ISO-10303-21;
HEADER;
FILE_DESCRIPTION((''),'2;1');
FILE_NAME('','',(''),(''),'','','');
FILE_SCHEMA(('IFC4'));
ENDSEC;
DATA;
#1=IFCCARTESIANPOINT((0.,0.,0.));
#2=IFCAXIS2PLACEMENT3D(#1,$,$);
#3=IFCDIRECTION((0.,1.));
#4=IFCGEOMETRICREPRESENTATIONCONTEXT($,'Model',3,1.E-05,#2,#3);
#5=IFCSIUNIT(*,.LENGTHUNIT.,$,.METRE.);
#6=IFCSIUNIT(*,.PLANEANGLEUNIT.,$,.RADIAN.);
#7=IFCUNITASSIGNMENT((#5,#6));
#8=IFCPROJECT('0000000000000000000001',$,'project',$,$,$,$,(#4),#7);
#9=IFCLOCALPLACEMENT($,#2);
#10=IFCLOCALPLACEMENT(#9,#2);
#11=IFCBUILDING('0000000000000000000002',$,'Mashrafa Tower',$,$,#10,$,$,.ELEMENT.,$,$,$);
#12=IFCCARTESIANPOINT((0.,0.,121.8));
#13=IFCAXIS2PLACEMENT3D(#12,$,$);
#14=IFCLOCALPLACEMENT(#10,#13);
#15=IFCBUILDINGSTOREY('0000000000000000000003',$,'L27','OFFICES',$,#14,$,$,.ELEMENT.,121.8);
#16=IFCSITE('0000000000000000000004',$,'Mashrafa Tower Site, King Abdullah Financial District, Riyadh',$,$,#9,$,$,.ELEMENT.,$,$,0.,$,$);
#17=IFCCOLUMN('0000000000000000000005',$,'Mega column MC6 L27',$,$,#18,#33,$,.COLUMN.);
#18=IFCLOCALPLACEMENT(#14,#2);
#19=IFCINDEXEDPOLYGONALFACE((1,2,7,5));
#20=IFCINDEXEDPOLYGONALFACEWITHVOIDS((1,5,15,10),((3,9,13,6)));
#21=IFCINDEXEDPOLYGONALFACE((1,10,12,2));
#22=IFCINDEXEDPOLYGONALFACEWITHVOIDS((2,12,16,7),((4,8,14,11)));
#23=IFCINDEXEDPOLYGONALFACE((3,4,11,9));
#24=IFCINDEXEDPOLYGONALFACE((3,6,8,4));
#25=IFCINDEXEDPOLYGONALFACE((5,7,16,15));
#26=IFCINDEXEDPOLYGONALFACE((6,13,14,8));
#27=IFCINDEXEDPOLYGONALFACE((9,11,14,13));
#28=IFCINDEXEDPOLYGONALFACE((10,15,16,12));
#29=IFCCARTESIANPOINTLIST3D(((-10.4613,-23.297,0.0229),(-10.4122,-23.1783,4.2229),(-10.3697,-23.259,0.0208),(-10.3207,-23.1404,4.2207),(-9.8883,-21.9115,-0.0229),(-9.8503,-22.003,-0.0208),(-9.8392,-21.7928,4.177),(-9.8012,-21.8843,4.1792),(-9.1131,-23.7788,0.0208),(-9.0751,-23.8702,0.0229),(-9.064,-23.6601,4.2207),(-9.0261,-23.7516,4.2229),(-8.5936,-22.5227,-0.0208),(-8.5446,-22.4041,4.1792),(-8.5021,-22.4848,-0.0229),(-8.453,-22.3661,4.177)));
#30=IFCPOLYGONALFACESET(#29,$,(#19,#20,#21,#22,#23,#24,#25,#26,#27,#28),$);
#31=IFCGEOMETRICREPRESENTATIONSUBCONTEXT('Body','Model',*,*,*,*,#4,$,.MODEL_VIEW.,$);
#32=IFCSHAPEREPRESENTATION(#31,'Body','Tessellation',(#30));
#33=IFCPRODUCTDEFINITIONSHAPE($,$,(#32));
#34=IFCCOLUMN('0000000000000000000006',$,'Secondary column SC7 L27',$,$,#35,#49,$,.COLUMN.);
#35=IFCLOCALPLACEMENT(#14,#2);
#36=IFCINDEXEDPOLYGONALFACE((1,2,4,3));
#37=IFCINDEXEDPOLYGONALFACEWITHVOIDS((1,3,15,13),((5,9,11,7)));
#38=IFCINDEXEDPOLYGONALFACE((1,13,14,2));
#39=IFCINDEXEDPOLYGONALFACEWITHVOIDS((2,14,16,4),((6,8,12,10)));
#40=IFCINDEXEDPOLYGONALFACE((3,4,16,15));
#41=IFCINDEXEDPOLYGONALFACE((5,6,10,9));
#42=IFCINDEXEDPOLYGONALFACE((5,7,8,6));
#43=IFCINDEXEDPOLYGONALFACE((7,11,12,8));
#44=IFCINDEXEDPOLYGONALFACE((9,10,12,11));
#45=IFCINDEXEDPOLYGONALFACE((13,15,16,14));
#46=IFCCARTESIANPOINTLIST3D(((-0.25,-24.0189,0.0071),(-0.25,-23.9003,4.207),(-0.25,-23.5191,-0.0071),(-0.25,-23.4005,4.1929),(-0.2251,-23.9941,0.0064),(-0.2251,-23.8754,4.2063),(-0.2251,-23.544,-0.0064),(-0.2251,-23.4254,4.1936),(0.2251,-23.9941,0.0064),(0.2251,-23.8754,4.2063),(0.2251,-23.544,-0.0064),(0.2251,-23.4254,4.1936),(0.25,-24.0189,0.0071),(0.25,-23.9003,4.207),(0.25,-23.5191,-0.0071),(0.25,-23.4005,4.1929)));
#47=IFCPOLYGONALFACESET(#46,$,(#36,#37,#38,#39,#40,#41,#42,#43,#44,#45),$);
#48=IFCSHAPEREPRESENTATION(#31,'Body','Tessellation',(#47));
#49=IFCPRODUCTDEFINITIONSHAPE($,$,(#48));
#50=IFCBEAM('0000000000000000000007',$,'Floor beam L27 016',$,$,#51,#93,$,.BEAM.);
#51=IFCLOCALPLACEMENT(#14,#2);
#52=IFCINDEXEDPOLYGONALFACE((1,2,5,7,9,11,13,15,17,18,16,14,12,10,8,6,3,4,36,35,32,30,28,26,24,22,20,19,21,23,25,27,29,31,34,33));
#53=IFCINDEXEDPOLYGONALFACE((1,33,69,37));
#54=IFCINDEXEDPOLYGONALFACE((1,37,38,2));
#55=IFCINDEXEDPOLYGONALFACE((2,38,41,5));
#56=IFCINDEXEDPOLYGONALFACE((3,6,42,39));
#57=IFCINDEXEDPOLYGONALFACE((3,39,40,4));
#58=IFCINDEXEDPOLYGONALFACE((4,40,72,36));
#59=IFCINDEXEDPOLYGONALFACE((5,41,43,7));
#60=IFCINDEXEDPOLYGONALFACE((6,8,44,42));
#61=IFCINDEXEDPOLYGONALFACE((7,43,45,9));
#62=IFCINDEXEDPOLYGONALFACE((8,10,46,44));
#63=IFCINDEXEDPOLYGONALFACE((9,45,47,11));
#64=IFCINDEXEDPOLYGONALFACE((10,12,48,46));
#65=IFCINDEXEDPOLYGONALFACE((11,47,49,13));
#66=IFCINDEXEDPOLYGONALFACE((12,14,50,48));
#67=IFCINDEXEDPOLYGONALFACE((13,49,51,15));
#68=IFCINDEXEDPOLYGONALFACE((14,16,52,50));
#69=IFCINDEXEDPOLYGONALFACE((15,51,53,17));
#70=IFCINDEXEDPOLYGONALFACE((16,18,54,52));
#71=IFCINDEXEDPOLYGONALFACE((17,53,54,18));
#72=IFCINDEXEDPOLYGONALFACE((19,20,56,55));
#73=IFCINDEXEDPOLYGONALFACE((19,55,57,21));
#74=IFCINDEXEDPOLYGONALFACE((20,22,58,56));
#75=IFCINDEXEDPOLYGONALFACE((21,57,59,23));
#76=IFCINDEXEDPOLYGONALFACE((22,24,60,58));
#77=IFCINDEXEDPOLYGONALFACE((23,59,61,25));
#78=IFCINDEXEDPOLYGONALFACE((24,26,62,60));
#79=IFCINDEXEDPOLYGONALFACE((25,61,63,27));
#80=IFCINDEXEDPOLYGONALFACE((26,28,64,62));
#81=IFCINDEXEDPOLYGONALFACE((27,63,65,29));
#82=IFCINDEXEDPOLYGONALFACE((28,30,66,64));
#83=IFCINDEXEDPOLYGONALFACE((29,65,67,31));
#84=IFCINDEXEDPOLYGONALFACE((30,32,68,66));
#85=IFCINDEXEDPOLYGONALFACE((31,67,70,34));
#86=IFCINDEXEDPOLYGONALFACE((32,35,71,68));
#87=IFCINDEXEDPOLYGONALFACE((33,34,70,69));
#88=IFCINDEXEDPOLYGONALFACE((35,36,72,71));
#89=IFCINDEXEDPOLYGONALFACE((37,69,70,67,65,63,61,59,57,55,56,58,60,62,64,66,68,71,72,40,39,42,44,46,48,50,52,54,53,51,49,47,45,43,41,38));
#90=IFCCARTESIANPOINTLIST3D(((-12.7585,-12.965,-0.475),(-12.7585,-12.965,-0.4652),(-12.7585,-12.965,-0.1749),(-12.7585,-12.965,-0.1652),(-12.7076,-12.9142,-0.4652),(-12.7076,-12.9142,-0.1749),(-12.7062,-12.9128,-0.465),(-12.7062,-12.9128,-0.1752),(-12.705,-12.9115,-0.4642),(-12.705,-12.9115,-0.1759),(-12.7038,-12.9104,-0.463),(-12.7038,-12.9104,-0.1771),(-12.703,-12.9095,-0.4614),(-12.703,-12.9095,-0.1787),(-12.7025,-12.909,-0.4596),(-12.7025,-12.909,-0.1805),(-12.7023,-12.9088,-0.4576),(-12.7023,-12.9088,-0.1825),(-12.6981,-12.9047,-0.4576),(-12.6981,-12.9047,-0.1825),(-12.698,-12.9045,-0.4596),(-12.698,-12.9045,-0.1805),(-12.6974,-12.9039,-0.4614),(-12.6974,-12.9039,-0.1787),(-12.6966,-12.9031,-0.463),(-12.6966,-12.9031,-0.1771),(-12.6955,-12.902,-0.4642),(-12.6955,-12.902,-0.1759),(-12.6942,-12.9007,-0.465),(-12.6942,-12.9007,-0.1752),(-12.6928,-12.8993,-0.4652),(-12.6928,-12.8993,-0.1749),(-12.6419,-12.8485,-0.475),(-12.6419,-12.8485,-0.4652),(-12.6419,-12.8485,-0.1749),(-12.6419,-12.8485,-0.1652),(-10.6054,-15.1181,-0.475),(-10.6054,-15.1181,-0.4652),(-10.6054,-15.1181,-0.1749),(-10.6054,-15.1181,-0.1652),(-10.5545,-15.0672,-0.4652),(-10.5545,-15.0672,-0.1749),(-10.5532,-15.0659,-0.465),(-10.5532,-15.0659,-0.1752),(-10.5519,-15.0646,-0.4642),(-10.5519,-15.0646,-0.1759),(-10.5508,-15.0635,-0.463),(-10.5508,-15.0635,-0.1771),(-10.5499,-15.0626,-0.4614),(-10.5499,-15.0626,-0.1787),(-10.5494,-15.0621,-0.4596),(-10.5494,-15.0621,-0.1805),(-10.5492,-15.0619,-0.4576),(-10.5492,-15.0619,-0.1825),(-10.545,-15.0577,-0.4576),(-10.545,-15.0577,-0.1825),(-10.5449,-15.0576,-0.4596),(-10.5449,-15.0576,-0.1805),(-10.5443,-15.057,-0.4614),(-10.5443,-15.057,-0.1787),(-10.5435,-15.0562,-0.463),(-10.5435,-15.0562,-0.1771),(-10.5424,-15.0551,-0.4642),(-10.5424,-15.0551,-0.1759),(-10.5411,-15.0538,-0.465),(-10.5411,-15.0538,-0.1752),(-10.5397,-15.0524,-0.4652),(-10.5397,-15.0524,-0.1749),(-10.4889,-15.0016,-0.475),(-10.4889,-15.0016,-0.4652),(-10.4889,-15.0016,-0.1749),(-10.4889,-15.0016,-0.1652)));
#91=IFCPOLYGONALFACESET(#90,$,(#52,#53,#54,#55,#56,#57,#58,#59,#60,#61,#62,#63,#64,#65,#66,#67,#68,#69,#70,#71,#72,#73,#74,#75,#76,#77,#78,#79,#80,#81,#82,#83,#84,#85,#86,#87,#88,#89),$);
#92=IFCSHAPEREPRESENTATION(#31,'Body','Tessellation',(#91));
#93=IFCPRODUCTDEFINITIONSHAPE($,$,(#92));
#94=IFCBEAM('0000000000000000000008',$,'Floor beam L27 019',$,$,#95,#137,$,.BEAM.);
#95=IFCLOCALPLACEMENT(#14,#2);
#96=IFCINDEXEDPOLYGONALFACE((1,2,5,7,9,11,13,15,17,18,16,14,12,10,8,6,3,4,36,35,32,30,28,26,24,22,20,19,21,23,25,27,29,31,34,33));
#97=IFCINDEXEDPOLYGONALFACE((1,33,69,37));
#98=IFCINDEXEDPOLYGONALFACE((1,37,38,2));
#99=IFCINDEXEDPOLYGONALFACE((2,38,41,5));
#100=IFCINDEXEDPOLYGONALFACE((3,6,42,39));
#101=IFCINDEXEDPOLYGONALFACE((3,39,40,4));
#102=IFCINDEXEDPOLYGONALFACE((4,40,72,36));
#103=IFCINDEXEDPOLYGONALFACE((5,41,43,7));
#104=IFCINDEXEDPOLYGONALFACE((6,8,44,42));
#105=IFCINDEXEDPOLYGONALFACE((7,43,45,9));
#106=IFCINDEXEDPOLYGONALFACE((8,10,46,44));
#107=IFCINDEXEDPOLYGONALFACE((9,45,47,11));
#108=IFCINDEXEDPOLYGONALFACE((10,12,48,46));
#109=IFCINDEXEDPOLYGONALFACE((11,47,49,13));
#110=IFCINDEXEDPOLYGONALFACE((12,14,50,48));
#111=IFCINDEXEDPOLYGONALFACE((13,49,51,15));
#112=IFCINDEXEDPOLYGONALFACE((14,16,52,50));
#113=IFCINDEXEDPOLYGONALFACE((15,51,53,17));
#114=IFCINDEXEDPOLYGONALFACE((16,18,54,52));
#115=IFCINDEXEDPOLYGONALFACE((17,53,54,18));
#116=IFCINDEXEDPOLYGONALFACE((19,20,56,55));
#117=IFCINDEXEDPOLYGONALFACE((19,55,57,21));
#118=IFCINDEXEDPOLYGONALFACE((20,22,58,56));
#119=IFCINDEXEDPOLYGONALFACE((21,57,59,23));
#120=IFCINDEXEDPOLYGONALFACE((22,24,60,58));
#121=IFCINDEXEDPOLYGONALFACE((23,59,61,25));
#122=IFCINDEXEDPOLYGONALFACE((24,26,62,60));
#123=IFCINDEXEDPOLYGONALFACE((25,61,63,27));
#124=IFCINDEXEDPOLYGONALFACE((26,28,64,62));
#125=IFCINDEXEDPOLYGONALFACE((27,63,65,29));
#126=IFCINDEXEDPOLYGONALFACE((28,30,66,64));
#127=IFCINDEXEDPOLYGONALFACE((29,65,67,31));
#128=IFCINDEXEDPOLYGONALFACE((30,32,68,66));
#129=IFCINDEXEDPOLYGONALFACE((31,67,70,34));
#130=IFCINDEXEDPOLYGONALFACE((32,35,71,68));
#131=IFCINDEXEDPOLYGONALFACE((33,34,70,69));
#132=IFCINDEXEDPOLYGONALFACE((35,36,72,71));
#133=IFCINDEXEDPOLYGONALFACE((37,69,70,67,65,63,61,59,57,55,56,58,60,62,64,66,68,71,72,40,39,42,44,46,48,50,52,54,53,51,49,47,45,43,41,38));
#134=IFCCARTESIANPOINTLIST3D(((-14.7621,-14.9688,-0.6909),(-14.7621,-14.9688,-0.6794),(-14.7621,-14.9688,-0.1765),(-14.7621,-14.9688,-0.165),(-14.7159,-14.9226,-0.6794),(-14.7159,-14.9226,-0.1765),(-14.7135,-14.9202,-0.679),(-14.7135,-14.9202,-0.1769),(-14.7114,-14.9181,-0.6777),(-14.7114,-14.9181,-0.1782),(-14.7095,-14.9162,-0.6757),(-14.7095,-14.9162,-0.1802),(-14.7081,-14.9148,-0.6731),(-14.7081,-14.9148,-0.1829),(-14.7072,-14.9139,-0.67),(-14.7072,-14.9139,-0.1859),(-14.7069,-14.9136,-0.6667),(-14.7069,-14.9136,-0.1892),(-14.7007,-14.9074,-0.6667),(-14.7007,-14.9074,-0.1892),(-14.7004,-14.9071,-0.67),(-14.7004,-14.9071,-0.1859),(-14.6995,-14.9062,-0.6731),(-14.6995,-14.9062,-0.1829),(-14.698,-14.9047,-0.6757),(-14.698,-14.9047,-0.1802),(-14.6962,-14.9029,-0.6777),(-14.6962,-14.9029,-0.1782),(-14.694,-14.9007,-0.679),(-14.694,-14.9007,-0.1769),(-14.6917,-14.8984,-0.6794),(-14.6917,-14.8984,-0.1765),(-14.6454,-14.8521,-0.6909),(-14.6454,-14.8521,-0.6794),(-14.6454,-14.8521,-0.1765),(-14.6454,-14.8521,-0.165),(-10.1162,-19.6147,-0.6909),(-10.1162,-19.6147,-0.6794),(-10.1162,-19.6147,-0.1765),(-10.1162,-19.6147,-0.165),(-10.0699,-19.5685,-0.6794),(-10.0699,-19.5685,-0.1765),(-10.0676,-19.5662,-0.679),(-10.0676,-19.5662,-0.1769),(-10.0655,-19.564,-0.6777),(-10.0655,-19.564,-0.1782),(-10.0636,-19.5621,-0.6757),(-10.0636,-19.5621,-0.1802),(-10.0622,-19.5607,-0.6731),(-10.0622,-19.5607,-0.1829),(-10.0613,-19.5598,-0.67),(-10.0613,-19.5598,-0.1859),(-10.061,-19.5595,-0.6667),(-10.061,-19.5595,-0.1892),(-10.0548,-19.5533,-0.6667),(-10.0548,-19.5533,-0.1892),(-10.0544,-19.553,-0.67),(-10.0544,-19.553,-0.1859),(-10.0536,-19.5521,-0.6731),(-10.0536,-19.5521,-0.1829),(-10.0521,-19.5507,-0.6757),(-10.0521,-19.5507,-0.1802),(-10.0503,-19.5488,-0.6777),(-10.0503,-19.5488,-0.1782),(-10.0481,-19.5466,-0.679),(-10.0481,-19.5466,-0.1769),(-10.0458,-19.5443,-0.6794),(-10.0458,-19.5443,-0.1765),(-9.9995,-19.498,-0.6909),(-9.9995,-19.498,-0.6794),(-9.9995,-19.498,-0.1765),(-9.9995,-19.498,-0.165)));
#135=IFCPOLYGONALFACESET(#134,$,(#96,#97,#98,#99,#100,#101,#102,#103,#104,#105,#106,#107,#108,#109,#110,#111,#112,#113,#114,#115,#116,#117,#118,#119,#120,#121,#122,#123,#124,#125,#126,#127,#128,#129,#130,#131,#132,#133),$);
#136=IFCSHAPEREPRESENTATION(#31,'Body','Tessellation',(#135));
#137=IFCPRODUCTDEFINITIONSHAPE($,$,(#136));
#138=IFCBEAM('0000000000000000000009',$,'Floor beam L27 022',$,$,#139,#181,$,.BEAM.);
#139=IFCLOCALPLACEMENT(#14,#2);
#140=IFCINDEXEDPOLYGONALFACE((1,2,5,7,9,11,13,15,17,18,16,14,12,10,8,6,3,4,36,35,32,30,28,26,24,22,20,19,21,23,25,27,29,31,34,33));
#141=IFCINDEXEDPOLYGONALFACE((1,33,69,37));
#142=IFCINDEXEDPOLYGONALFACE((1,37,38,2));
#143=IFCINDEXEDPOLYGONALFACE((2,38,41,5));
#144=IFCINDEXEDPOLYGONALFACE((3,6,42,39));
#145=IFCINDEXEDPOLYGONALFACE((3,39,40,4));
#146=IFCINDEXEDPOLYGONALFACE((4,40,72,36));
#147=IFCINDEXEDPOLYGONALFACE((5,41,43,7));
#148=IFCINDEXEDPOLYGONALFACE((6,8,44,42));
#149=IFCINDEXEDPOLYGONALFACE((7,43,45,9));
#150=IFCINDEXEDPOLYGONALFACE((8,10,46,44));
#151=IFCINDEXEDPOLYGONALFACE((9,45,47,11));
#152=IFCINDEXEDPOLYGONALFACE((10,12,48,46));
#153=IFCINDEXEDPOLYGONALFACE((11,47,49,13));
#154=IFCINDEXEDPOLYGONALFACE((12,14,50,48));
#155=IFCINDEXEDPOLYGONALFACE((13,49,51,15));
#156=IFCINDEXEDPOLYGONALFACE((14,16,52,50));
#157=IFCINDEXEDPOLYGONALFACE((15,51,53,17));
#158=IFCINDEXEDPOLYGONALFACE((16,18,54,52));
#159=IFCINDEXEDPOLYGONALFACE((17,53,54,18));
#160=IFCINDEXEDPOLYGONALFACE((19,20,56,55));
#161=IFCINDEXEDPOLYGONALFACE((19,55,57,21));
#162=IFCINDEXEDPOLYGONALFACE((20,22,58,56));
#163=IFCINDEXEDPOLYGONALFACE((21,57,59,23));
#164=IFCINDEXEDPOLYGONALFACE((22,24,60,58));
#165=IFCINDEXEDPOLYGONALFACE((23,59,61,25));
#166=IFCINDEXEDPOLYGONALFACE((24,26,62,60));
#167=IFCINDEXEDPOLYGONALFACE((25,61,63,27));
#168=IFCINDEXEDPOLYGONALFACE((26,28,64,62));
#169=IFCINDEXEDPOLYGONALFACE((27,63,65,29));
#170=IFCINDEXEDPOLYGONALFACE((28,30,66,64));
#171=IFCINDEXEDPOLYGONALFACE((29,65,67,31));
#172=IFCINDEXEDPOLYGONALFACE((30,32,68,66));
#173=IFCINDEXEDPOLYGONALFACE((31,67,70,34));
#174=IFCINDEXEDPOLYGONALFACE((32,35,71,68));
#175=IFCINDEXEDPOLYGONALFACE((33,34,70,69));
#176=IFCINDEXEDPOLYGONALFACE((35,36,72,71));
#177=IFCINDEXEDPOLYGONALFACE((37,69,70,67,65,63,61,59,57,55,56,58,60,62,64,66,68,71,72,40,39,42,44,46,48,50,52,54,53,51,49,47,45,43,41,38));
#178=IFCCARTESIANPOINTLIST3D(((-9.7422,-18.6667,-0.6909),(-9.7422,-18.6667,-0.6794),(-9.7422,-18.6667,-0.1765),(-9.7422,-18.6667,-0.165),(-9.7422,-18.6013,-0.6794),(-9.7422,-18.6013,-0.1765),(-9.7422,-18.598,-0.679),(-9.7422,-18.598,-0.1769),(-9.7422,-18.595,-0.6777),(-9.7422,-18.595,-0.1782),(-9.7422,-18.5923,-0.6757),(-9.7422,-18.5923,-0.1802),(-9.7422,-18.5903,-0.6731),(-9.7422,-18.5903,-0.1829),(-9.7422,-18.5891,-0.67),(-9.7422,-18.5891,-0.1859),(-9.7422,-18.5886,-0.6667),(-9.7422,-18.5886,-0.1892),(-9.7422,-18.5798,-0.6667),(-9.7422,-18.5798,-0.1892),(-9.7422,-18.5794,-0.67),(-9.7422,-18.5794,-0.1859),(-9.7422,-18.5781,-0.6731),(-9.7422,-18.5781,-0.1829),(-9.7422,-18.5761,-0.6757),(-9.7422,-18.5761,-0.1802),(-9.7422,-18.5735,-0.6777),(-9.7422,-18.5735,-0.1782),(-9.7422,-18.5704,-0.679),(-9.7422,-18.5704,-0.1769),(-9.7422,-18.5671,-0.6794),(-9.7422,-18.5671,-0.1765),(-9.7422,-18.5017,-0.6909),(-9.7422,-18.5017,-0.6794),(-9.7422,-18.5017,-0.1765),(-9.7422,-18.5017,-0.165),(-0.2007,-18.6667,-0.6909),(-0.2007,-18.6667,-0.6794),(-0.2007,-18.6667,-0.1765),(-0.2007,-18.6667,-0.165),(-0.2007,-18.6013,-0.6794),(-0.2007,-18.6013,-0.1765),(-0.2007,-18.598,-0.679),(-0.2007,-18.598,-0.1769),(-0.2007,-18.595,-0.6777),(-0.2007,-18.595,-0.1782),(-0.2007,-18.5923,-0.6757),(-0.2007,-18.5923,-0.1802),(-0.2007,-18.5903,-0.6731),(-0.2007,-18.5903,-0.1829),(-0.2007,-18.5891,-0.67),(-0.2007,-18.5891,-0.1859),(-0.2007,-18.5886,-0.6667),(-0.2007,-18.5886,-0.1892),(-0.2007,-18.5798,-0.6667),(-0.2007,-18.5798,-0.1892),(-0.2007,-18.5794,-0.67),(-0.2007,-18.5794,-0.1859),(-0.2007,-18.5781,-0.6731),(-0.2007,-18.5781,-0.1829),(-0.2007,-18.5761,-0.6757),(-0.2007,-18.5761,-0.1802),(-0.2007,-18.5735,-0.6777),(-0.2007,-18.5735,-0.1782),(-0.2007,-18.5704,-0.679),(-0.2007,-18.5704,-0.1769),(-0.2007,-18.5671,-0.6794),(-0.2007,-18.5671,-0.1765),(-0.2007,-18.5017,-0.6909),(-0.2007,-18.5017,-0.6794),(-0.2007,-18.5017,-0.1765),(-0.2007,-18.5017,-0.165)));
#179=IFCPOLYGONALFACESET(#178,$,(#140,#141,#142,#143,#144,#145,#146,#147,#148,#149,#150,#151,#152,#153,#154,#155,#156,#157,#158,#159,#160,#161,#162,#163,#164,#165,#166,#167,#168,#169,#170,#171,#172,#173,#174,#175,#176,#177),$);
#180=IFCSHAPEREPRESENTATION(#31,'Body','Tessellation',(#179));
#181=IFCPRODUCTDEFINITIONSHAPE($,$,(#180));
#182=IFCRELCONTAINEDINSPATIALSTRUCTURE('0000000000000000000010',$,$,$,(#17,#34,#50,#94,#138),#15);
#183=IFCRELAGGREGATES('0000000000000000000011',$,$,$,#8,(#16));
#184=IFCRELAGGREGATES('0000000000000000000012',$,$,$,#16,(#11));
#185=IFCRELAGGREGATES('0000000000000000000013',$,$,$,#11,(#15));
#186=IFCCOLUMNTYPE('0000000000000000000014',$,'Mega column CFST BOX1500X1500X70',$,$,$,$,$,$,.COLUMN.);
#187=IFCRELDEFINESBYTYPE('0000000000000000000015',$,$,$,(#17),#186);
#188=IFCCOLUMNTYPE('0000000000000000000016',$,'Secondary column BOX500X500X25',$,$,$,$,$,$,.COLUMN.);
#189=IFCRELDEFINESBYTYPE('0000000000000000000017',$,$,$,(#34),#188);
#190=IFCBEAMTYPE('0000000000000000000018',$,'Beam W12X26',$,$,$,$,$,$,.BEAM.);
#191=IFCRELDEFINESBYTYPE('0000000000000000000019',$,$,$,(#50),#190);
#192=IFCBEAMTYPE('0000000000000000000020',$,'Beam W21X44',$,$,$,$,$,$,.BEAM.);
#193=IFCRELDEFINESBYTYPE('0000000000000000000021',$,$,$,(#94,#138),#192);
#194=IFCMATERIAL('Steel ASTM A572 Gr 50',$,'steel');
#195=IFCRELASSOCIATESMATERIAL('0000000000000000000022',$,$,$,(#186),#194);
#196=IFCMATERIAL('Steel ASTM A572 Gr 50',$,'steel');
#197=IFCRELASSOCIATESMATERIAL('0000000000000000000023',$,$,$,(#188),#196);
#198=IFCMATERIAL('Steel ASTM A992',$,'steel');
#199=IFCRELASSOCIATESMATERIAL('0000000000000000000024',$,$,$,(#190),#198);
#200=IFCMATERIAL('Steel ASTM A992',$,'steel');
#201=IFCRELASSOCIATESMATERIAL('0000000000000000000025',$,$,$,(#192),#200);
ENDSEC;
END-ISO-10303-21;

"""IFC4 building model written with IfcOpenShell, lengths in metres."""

from ifc_helpers import new_model, si_unit, direction, frame, origin, origin_2d, place, context, subcontext, project, spatial, hollow_rectangle, i_section, extrude, material, material_profile, profile_set, type_object, element, save


model = new_model("IFC4")

# Units and contexts
model_context = context("Model", 3, precision=1e-05, world=origin(), true_north=direction((0.0, 1.0)))
body_context = subcontext(model_context, "Body", "Model", "MODEL_VIEW")
ifc_project = project(units=[si_unit("LENGTHUNIT", "METRE"), si_unit("PLANEANGLEUNIT", "RADIAN")], contexts=[model_context])

# Site, building, storey
site_placement = place(None, origin())
site = spatial("IfcSite", under=ifc_project, at=site_placement, Name="Mashrafa Tower Site, King Abdullah Financial District, Riyadh", CompositionType="ELEMENT", RefElevation=0.0)
building_placement = place(site_placement, origin())
building = spatial("IfcBuilding", under=site, at=building_placement, Name="Mashrafa Tower", CompositionType="ELEMENT")
storey_placement = place(building_placement, frame((0.0, 0.0, 121.8)))
storey = spatial("IfcBuildingStorey", under=building, at=storey_placement, Name="L27", Description="OFFICES", CompositionType="ELEMENT", Elevation=121.8)

# Columns
ifc_material_1 = material(Name="Steel ASTM A572 Gr 50", Category="steel")
ifc_material_profile_1 = material_profile(ifc_material_1, hollow_rectangle(XDim=1.5, YDim=1.5, WallThickness=0.0701, at=origin_2d()), Name="BOX1500X1500X70")
ifc_profile_set_1 = profile_set([ifc_material_profile_1], Name="Steel ASTM A572 Gr 50")
column_type_1 = type_object("IfcColumnType", Name="Mega column CFST BOX1500X1500X70", PredefinedType="COLUMN", material=ifc_profile_set_1)
column_1_placement = place(storey_placement, frame((-9.4817, -22.8909, 0.0), z_axis=(0.011679, 0.028238, 0.999533), x_axis=(-0.924086, 0.382184, 0.0)))
element("IfcColumn", 1, at=column_1_placement, inside=storey, type_object=column_type_1, Name="Mega column MC6 L27", PredefinedType="COLUMN", context=body_context, shape_type="SweptSolid", body=[
    extrude(hollow_rectangle(XDim=1.5, YDim=1.5, WallThickness=0.0701, at=origin_2d()), origin(), (0.0, 0.0, 1.0), 4.2019),
])
ifc_material_2 = material(Name="Steel ASTM A572 Gr 50", Category="steel")
ifc_material_profile_2 = material_profile(ifc_material_2, hollow_rectangle(XDim=0.5, YDim=0.5, WallThickness=0.0249, at=origin_2d()), Name="BOX500X500X25")
ifc_profile_set_2 = profile_set([ifc_material_profile_2], Name="Steel ASTM A572 Gr 50")
column_type_2 = type_object("IfcColumnType", Name="Secondary column BOX500X500X25", PredefinedType="COLUMN", material=ifc_profile_set_2)
column_2_placement = place(storey_placement, frame((0.0, -23.769, 0.0), z_axis=(0.0, 0.02824, 0.999601), x_axis=(-1.0, 0.0, 0.0)))
element("IfcColumn", 2, at=column_2_placement, inside=storey, type_object=column_type_2, Name="Secondary column SC7 L27", PredefinedType="COLUMN", context=body_context, shape_type="SweptSolid", body=[
    extrude(hollow_rectangle(XDim=0.5, YDim=0.5, WallThickness=0.0249, at=origin_2d()), origin(), (0.0, 0.0, 1.0), 4.2017),
])

# Beams
ifc_material_3 = material(Name="Steel ASTM A992", Category="steel")
ifc_material_profile_3 = material_profile(ifc_material_3, i_section(OverallWidth=0.1648, OverallDepth=0.3098, WebThickness=0.0059, FlangeThickness=0.0098, FilletRadius=0.0076, at=origin_2d()), Name="W12X26")
ifc_profile_set_3 = profile_set([ifc_material_profile_3], Name="Steel ASTM A992")
beam_type_1 = type_object("IfcBeamType", Name="Beam W12X26", PredefinedType="BEAM", material=ifc_profile_set_3)
beam_1_placement = place(storey_placement, frame((-10.5471, -15.0598, -0.3201), z_axis=(-0.707107, 0.707107, 0.0), x_axis=(-0.707107, -0.707107, 0.0)))
element("IfcBeam", 3, at=beam_1_placement, inside=storey, type_object=beam_type_1, Name="Floor beam L27 016", PredefinedType="BEAM", context=body_context, shape_type="SweptSolid", body=[
    extrude(i_section(OverallWidth=0.1648, OverallDepth=0.3098, WebThickness=0.0059, FlangeThickness=0.0098, FilletRadius=0.0076, at=origin_2d()), origin(), (0.0, 0.0, 1.0), 3.0449),
])
ifc_material_4 = material(Name="Steel ASTM A992", Category="steel")
ifc_material_profile_4 = material_profile(ifc_material_4, i_section(OverallWidth=0.165, OverallDepth=0.5259, WebThickness=0.0088, FlangeThickness=0.0115, FilletRadius=0.0127, at=origin_2d()), Name="W21X44")
ifc_profile_set_4 = profile_set([ifc_material_profile_4], Name="Steel ASTM A992")
beam_type_2 = type_object("IfcBeamType", Name="Beam W21X44", PredefinedType="BEAM", material=ifc_profile_set_4)
beam_2_placement = place(storey_placement, frame((-10.0579, -19.5564, -0.428), z_axis=(-0.707107, 0.707107, 0.0), x_axis=(-0.707107, -0.707107, 0.0)))
element("IfcBeam", 4, at=beam_2_placement, inside=storey, type_object=beam_type_2, Name="Floor beam L27 019", PredefinedType="BEAM", context=body_context, shape_type="SweptSolid", body=[
    extrude(i_section(OverallWidth=0.165, OverallDepth=0.5259, WebThickness=0.0088, FlangeThickness=0.0115, FilletRadius=0.0127, at=origin_2d()), origin(), (0.0, 0.0, 1.0), 6.5703),
])
beam_3_placement = place(storey_placement, frame((-0.2007, -18.5842, -0.428), z_axis=(-1.0, 0.0, 0.0), x_axis=(0.0, -1.0, 0.0)))
element("IfcBeam", 5, at=beam_3_placement, inside=storey, type_object=beam_type_2, Name="Floor beam L27 022", PredefinedType="BEAM", context=body_context, shape_type="SweptSolid", body=[
    extrude(i_section(OverallWidth=0.165, OverallDepth=0.5259, WebThickness=0.0088, FlangeThickness=0.0115, FilletRadius=0.0127, at=origin_2d()), origin(), (0.0, 0.0, 1.0), 9.5415),
])

save(model, "model.ifc")
